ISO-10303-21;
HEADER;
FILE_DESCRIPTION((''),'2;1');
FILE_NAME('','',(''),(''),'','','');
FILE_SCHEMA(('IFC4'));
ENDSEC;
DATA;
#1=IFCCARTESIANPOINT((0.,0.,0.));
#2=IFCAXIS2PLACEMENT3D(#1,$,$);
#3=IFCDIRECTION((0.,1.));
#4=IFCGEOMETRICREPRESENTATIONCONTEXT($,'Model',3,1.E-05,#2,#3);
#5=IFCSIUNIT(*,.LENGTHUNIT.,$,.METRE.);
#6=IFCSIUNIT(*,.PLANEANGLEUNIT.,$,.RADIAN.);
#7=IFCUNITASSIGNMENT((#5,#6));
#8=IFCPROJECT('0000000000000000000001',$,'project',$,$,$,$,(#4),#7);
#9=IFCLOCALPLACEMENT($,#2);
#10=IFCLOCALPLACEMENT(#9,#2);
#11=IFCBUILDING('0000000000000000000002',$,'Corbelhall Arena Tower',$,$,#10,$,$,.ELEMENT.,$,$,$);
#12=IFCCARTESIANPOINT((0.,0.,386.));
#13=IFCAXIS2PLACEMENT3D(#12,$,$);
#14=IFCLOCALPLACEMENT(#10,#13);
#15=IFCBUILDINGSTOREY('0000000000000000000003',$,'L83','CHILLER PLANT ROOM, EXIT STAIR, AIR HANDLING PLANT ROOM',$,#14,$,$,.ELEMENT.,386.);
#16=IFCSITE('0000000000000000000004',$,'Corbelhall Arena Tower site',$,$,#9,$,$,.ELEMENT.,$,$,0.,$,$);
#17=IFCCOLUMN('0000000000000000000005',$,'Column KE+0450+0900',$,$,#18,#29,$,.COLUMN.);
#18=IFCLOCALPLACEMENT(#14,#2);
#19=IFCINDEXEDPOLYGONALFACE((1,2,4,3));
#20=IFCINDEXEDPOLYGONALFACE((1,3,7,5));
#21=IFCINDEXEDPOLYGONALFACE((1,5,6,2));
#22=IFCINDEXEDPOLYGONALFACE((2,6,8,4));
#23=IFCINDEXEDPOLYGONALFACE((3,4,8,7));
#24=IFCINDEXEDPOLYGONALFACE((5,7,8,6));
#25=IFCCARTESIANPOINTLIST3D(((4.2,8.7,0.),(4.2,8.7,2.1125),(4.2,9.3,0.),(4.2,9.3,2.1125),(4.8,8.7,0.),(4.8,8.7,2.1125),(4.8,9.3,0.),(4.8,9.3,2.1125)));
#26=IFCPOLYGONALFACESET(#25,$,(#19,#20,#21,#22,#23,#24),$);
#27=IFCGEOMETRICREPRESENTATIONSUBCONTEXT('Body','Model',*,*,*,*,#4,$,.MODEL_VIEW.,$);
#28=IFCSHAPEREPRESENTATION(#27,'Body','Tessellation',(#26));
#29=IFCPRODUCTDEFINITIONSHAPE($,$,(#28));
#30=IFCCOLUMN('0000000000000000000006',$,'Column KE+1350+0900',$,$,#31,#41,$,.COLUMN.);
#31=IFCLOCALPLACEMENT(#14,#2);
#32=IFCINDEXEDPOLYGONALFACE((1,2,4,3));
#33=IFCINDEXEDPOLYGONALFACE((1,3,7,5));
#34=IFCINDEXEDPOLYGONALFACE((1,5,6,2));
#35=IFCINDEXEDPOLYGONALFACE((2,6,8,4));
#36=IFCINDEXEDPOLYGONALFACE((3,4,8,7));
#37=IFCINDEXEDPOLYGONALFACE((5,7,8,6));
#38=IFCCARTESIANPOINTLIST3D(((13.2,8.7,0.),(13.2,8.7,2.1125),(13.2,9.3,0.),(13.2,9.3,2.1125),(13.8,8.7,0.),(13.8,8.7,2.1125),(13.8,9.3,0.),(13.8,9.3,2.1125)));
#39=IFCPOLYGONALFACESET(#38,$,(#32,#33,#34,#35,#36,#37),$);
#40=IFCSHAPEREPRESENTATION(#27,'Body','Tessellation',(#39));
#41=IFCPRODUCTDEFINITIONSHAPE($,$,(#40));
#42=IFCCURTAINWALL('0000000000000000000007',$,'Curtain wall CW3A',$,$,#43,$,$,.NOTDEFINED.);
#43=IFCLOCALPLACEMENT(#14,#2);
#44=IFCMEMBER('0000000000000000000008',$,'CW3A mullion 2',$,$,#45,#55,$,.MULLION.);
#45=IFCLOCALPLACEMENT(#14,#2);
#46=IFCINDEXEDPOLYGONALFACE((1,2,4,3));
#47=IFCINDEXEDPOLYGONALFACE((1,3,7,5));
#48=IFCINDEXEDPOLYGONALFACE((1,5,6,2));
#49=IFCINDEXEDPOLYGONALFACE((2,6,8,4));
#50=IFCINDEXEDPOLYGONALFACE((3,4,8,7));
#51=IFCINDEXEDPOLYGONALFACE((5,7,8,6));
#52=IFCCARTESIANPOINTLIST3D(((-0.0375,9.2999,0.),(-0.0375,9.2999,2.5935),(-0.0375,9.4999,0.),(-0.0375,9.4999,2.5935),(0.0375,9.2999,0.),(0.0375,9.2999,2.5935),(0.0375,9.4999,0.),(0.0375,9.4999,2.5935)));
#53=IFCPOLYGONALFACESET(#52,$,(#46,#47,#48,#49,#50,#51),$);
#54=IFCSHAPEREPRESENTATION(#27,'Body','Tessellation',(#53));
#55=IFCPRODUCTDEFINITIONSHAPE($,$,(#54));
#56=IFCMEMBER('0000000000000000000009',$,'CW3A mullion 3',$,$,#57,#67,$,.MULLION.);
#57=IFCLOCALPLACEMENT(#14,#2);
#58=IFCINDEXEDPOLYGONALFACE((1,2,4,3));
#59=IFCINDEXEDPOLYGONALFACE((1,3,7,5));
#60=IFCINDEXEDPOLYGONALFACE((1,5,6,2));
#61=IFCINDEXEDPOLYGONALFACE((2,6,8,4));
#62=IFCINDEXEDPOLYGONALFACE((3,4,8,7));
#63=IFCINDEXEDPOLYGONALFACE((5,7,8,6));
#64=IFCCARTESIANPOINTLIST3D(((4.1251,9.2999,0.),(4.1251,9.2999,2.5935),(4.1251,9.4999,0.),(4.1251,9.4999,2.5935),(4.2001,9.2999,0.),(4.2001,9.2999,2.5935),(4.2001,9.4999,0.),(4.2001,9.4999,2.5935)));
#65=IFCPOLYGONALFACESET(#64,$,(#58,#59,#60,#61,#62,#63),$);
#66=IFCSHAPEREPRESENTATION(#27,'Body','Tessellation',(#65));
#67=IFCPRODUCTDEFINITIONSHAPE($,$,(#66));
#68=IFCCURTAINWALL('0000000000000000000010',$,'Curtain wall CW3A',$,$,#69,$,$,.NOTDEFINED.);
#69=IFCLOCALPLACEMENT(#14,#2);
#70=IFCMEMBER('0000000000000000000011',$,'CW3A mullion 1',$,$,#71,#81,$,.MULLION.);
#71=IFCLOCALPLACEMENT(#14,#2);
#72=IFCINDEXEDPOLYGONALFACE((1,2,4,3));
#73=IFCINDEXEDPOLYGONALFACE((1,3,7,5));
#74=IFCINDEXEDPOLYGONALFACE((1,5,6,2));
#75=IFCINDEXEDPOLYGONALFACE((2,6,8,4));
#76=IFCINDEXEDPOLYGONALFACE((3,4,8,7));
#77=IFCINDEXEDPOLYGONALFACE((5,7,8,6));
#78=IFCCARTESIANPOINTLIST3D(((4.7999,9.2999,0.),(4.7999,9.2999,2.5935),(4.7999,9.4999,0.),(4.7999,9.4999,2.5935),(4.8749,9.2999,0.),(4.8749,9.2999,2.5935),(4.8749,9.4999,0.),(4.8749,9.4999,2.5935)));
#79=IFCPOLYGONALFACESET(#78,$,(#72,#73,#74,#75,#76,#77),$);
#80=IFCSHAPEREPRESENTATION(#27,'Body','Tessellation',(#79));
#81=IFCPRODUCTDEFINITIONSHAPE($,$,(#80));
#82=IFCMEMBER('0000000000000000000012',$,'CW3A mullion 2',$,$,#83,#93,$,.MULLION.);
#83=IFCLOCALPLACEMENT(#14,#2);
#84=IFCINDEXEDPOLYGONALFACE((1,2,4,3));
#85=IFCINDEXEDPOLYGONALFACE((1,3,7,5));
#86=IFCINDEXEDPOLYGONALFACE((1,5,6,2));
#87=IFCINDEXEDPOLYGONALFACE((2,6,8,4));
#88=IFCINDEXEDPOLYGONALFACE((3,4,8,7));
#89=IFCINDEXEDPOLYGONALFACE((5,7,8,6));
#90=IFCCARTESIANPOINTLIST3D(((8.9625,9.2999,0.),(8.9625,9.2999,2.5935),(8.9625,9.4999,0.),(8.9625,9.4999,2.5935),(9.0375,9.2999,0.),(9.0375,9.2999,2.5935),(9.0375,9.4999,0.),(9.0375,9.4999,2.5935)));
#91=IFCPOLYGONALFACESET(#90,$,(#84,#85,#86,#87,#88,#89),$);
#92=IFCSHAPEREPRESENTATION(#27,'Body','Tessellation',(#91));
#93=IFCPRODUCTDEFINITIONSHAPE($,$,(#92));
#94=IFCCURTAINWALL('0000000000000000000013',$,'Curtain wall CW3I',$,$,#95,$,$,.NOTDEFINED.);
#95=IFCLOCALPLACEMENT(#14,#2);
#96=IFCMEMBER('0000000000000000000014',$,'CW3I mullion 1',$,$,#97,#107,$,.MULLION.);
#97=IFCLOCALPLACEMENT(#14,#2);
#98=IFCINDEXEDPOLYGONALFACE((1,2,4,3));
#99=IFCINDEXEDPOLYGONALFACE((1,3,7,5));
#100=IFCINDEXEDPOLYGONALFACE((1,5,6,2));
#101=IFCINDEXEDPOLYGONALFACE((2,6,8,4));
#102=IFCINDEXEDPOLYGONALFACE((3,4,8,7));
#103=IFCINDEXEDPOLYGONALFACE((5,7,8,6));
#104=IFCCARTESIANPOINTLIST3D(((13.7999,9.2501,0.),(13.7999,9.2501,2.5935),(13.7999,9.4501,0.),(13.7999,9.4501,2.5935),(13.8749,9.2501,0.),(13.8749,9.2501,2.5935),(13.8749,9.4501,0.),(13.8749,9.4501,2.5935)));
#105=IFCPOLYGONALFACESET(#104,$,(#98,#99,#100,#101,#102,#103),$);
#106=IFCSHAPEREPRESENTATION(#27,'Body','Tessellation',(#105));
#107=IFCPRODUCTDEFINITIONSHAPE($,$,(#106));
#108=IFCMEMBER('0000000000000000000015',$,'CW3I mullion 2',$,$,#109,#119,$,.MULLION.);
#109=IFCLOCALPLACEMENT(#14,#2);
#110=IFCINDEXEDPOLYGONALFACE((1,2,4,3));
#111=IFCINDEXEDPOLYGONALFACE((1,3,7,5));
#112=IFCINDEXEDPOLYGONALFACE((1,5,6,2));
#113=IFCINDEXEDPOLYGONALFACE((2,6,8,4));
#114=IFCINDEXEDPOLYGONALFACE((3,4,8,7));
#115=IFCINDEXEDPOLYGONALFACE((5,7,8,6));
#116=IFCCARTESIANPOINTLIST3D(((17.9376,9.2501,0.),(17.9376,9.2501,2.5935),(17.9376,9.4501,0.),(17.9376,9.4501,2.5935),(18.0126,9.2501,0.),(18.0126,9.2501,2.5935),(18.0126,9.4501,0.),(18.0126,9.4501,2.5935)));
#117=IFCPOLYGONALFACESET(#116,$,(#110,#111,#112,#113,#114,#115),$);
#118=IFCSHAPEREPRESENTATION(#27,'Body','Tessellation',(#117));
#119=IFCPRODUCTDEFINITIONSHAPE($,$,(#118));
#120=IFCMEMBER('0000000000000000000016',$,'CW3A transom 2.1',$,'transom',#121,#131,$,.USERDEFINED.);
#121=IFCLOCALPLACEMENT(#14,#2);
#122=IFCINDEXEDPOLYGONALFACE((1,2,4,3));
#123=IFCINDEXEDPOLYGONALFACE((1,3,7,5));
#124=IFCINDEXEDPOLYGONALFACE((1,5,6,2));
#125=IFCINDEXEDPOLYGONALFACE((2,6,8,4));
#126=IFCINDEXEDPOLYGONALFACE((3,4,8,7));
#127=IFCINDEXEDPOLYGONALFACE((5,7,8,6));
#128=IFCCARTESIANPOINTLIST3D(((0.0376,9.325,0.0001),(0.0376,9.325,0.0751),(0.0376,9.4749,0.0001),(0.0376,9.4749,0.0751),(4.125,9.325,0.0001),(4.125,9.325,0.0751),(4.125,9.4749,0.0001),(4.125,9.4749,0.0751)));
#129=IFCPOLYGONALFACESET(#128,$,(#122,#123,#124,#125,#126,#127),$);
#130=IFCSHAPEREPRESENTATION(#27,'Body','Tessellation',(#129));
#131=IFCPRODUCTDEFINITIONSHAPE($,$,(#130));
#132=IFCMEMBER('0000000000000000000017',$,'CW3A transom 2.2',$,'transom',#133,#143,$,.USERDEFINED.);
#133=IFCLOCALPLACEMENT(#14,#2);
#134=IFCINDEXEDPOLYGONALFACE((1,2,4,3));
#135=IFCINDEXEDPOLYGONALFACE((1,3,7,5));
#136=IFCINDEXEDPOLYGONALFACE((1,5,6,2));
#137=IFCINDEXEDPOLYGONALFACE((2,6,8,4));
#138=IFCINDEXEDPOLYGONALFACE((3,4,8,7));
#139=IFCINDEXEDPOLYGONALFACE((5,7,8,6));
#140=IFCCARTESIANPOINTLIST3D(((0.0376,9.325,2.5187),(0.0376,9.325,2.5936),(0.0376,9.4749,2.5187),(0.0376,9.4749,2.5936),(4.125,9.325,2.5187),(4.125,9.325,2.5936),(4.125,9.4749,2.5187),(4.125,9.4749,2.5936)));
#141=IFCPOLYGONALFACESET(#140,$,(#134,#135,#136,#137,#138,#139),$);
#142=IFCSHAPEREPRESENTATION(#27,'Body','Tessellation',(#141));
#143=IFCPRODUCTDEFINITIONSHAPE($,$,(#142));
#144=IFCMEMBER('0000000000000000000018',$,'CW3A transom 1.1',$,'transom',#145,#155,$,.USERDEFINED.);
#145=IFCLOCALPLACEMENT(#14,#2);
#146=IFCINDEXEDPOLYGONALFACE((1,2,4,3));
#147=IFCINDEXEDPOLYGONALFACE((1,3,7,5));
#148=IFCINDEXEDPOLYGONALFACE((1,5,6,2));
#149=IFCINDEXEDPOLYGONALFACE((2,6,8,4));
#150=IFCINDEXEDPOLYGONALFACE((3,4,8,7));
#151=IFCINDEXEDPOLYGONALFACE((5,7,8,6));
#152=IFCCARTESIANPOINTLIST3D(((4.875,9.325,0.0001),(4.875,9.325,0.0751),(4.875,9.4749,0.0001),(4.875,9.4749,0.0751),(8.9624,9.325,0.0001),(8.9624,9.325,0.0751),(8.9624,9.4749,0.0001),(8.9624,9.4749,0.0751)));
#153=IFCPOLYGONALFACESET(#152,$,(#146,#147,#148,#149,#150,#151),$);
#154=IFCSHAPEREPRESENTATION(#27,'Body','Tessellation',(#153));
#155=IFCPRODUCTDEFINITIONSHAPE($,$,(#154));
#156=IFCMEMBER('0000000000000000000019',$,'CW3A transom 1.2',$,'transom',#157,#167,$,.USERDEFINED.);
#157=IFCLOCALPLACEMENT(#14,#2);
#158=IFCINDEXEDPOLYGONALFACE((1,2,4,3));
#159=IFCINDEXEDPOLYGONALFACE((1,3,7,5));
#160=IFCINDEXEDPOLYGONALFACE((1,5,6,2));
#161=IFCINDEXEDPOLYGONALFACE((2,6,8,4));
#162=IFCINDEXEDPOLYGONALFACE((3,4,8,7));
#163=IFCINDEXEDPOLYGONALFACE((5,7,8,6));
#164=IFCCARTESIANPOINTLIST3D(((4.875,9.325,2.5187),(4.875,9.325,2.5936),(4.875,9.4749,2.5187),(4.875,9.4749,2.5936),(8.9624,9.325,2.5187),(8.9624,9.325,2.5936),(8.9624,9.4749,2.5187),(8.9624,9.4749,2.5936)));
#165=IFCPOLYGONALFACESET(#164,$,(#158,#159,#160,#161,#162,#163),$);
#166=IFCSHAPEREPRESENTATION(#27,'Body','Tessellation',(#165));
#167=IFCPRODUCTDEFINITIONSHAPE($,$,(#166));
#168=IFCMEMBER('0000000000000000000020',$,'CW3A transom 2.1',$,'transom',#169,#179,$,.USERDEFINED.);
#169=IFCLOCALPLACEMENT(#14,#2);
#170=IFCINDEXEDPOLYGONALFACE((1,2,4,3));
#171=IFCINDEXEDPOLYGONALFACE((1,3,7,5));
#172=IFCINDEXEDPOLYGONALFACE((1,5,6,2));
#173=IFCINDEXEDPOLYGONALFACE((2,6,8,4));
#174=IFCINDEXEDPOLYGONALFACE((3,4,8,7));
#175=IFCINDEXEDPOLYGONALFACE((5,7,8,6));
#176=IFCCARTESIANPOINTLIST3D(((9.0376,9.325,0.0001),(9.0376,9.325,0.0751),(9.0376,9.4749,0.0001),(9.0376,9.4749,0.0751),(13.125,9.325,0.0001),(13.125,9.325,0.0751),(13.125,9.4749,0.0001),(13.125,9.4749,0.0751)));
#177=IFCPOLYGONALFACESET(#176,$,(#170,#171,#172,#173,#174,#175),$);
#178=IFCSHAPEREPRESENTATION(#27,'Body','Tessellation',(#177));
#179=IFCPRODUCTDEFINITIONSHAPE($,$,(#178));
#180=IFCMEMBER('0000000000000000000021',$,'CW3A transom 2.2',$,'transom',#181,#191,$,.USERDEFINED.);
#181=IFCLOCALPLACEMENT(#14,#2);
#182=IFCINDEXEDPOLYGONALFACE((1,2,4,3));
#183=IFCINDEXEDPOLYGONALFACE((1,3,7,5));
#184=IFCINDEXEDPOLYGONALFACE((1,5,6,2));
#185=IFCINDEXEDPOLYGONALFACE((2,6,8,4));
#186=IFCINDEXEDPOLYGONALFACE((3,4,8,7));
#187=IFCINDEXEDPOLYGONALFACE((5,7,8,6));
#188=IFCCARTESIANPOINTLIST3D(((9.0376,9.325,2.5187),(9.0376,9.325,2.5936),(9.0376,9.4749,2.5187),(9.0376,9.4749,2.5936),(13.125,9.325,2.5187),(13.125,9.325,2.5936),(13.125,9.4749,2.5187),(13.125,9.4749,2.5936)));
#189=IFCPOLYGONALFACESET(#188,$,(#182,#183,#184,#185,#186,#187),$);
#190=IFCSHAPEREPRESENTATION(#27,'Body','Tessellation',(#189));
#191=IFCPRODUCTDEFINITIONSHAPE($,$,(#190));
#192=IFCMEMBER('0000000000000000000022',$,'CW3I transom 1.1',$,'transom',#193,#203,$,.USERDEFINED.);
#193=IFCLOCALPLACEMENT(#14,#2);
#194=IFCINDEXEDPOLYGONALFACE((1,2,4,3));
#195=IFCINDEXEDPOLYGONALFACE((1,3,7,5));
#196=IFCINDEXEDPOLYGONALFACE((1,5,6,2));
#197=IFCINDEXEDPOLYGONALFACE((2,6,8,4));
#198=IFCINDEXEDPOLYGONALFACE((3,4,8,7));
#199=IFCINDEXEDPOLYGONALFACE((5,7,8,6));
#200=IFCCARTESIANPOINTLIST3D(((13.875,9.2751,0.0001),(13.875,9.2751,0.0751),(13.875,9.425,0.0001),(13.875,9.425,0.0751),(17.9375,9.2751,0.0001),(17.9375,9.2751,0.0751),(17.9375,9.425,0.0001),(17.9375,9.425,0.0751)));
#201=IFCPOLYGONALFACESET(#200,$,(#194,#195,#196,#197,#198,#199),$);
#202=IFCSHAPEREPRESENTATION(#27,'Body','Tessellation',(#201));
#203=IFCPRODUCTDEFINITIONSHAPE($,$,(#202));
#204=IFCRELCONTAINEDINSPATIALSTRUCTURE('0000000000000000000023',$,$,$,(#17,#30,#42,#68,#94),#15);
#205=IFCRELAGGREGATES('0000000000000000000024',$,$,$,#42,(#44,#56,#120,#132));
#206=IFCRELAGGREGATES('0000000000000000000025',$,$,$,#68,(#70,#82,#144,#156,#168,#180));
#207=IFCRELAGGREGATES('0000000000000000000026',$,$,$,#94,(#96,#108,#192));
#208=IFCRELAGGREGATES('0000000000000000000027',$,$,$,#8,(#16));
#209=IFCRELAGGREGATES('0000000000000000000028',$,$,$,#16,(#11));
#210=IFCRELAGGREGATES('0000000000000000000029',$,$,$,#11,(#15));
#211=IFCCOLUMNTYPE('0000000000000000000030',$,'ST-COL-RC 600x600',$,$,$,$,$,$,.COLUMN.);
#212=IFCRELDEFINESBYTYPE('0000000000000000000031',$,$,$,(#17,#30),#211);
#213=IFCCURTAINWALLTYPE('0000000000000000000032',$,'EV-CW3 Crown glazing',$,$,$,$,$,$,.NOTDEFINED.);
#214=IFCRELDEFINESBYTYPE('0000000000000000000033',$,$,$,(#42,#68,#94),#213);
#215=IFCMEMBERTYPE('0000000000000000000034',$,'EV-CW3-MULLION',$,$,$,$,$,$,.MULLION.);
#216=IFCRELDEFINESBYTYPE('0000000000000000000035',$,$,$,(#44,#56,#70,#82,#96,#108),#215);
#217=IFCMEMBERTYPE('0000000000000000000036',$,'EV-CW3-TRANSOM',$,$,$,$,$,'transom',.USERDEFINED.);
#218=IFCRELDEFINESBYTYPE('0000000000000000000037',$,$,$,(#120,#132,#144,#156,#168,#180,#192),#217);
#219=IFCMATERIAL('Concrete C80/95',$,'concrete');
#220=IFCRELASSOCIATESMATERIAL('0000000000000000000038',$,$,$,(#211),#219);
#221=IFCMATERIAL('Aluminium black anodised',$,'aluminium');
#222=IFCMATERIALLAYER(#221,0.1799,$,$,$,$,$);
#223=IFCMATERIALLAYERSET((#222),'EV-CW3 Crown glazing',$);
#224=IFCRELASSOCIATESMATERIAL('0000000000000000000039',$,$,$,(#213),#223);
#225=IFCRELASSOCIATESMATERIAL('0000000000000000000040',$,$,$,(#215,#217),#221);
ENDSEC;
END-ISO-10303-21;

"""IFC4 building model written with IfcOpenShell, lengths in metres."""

from ifc_helpers import new_model, si_unit, direction, frame, origin, origin_2d, place, context, subcontext, project, spatial, rectangle, extrude, material, layer, layer_set, material_profile, profile_set, type_object, element, aggregate, save


model = new_model("IFC4")

# Units and contexts
model_context = context("Model", 3, precision=1e-05, world=origin(), true_north=direction((0.0, 1.0)))
body_context = subcontext(model_context, "Body", "Model", "MODEL_VIEW")
ifc_project = project(units=[si_unit("LENGTHUNIT", "METRE"), si_unit("PLANEANGLEUNIT", "RADIAN")], contexts=[model_context])

# Site, building, storey
site_placement = place(None, origin())
site = spatial("IfcSite", under=ifc_project, at=site_placement, Name="Corbelhall Arena Tower site", CompositionType="ELEMENT", RefElevation=0.0)
building_placement = place(site_placement, origin())
building = spatial("IfcBuilding", under=site, at=building_placement, Name="Corbelhall Arena Tower", CompositionType="ELEMENT")
storey_placement = place(building_placement, frame((0.0, 0.0, 386.0)))
storey = spatial("IfcBuildingStorey", under=building, at=storey_placement, Name="L83", Description="CHILLER PLANT ROOM, EXIT STAIR, AIR HANDLING PLANT ROOM", CompositionType="ELEMENT", Elevation=386.0)

# Columns
ifc_material_1 = material(Name="Concrete C80/95", Category="concrete")
ifc_material_profile_1 = material_profile(ifc_material_1, rectangle(XDim=0.6001, YDim=0.6001, at=origin_2d()))
ifc_profile_set_1 = profile_set([ifc_material_profile_1], Name="Concrete C80/95")
column_type = type_object("IfcColumnType", Name="ST-COL-RC 600x600", PredefinedType="COLUMN", material=ifc_profile_set_1)
for number, where, z_axis, x_axis, name in (
    (1, (4.5, 9.0, 0.0), (0.0, 0.0, 1.0), (1.0, 0.0, 0.0), "Column KE+0450+0900"),
    (2, (13.5, 9.0, 0.0), (0.0, 0.0, 1.0), (1.0, 0.0, 0.0), "Column KE+1350+0900"),
):
    element("IfcColumn", number, at=place(storey_placement, frame(where, z_axis=z_axis, x_axis=x_axis)), inside=storey, type_object=column_type, Name=name, PredefinedType="COLUMN", context=body_context, shape_type="SweptSolid", body=[
        extrude(rectangle(XDim=0.6001, YDim=0.6001, at=origin_2d()), origin(), (0.0, 0.0, 1.0), 2.1125),
    ])

# Curtain walls, members
ifc_material_2 = material(Name="Aluminium black anodised", Category="aluminium")
ifc_layer_1 = layer(ifc_material_2, 0.1799)
ifc_layer_set_1 = layer_set([ifc_layer_1], Name="EV-CW3 Crown glazing")
curtain_wall_type = type_object("IfcCurtainWallType", Name="EV-CW3 Crown glazing", PredefinedType="NOTDEFINED", material=ifc_layer_set_1)
curtain_wall_1_placement = place(storey_placement, origin())
curtain_wall_1 = element("IfcCurtainWall", 3, at=curtain_wall_1_placement, inside=storey, type_object=curtain_wall_type, Name="Curtain wall CW3A", PredefinedType="NOTDEFINED")
ifc_material_profile_2 = material_profile(ifc_material_2, rectangle(XDim=0.2, YDim=0.075, at=origin_2d()))
ifc_profile_set_2 = profile_set([ifc_material_profile_2], Name="Aluminium black anodised")
member_type_1 = type_object("IfcMemberType", Name="EV-CW3-MULLION", PredefinedType="MULLION", material=ifc_profile_set_2)
member_1_placement = place(storey_placement, frame((0.0, 9.3999, 0.0), z_axis=(0.0, 0.0, 1.0), x_axis=(0.0, 1.0, 0.0)))
member_1 = element("IfcMember", 4, at=member_1_placement, type_object=member_type_1, Name="CW3A mullion 2", PredefinedType="MULLION", context=body_context, shape_type="SweptSolid", body=[
    extrude(rectangle(XDim=0.2, YDim=0.075, at=origin_2d()), origin(), (0.0, 0.0, 1.0), 2.5935),
])
member_2_placement = place(storey_placement, frame((4.1626, 9.3999, 0.0), z_axis=(0.0, 0.0, 1.0), x_axis=(0.0, 1.0, 0.0)))
member_2 = element("IfcMember", 5, at=member_2_placement, type_object=member_type_1, Name="CW3A mullion 3", PredefinedType="MULLION", context=body_context, shape_type="SweptSolid", body=[
    extrude(rectangle(XDim=0.2, YDim=0.075, at=origin_2d()), origin(), (0.0, 0.0, 1.0), 2.5935),
])
curtain_wall_2_placement = place(storey_placement, origin())
curtain_wall_2 = element("IfcCurtainWall", 6, at=curtain_wall_2_placement, inside=storey, type_object=curtain_wall_type, Name="Curtain wall CW3A", PredefinedType="NOTDEFINED")
member_3_placement = place(storey_placement, frame((4.8374, 9.3999, 0.0), z_axis=(0.0, 0.0, 1.0), x_axis=(0.0, 1.0, 0.0)))
member_3 = element("IfcMember", 7, at=member_3_placement, type_object=member_type_1, Name="CW3A mullion 1", PredefinedType="MULLION", context=body_context, shape_type="SweptSolid", body=[
    extrude(rectangle(XDim=0.2, YDim=0.075, at=origin_2d()), origin(), (0.0, 0.0, 1.0), 2.5935),
])
member_4_placement = place(storey_placement, frame((9.0, 9.3999, 0.0), z_axis=(0.0, 0.0, 1.0), x_axis=(0.0, 1.0, 0.0)))
member_4 = element("IfcMember", 8, at=member_4_placement, type_object=member_type_1, Name="CW3A mullion 2", PredefinedType="MULLION", context=body_context, shape_type="SweptSolid", body=[
    extrude(rectangle(XDim=0.2, YDim=0.075, at=origin_2d()), origin(), (0.0, 0.0, 1.0), 2.5935),
])
curtain_wall_3_placement = place(storey_placement, origin())
curtain_wall_3 = element("IfcCurtainWall", 9, at=curtain_wall_3_placement, inside=storey, type_object=curtain_wall_type, Name="Curtain wall CW3I", PredefinedType="NOTDEFINED")
member_5_placement = place(storey_placement, frame((13.8374, 9.3501, 0.0), z_axis=(0.0, 0.0, 1.0), x_axis=(0.0, 1.0, 0.0)))
member_5 = element("IfcMember", 10, at=member_5_placement, type_object=member_type_1, Name="CW3I mullion 1", PredefinedType="MULLION", context=body_context, shape_type="SweptSolid", body=[
    extrude(rectangle(XDim=0.2, YDim=0.075, at=origin_2d()), origin(), (0.0, 0.0, 1.0), 2.5935),
])
member_6_placement = place(storey_placement, frame((17.9751, 9.3501, 0.0), z_axis=(0.0, 0.0, 1.0), x_axis=(0.0, 1.0, 0.0)))
member_6 = element("IfcMember", 11, at=member_6_placement, type_object=member_type_1, Name="CW3I mullion 2", PredefinedType="MULLION", context=body_context, shape_type="SweptSolid", body=[
    extrude(rectangle(XDim=0.2, YDim=0.075, at=origin_2d()), origin(), (0.0, 0.0, 1.0), 2.5935),
])

# Members
ifc_material_profile_3 = material_profile(ifc_material_2, rectangle(XDim=0.1499, YDim=0.075, at=origin_2d()))
ifc_profile_set_3 = profile_set([ifc_material_profile_3], Name="Aluminium black anodised")
member_type_2 = type_object("IfcMemberType", Name="EV-CW3-TRANSOM", ElementType="transom", PredefinedType="USERDEFINED", material=ifc_profile_set_3)
member_7_placement = place(storey_placement, frame((0.0376, 9.3999, 0.0376), z_axis=(1.0, 0.0, 0.0), x_axis=(0.0, 1.0, 0.0)))
member_7 = element("IfcMember", 12, at=member_7_placement, type_object=member_type_2, Name="CW3A transom 2.1", ObjectType="transom", PredefinedType="USERDEFINED", context=body_context, shape_type="SweptSolid", body=[
    extrude(rectangle(XDim=0.1499, YDim=0.075, at=origin_2d()), origin(), (0.0, 0.0, 1.0), 4.0874),
])
member_8_placement = place(storey_placement, frame((0.0376, 9.3999, 2.5562), z_axis=(1.0, 0.0, 0.0), x_axis=(0.0, 1.0, 0.0)))
member_8 = element("IfcMember", 13, at=member_8_placement, type_object=member_type_2, Name="CW3A transom 2.2", ObjectType="transom", PredefinedType="USERDEFINED", context=body_context, shape_type="SweptSolid", body=[
    extrude(rectangle(XDim=0.1499, YDim=0.075, at=origin_2d()), origin(), (0.0, 0.0, 1.0), 4.0874),
])
member_9_placement = place(storey_placement, frame((4.875, 9.3999, 0.0376), z_axis=(1.0, 0.0, 0.0), x_axis=(0.0, 1.0, 0.0)))
member_9 = element("IfcMember", 14, at=member_9_placement, type_object=member_type_2, Name="CW3A transom 1.1", ObjectType="transom", PredefinedType="USERDEFINED", context=body_context, shape_type="SweptSolid", body=[
    extrude(rectangle(XDim=0.1499, YDim=0.075, at=origin_2d()), origin(), (0.0, 0.0, 1.0), 4.0874),
])
member_10_placement = place(storey_placement, frame((4.875, 9.3999, 2.5562), z_axis=(1.0, 0.0, 0.0), x_axis=(0.0, 1.0, 0.0)))
member_10 = element("IfcMember", 15, at=member_10_placement, type_object=member_type_2, Name="CW3A transom 1.2", ObjectType="transom", PredefinedType="USERDEFINED", context=body_context, shape_type="SweptSolid", body=[
    extrude(rectangle(XDim=0.1499, YDim=0.075, at=origin_2d()), origin(), (0.0, 0.0, 1.0), 4.0874),
])
member_11_placement = place(storey_placement, frame((9.0376, 9.3999, 0.0376), z_axis=(1.0, 0.0, 0.0), x_axis=(0.0, 1.0, 0.0)))
member_11 = element("IfcMember", 16, at=member_11_placement, type_object=member_type_2, Name="CW3A transom 2.1", ObjectType="transom", PredefinedType="USERDEFINED", context=body_context, shape_type="SweptSolid", body=[
    extrude(rectangle(XDim=0.1499, YDim=0.075, at=origin_2d()), origin(), (0.0, 0.0, 1.0), 4.0874),
])
member_12_placement = place(storey_placement, frame((9.0376, 9.3999, 2.5562), z_axis=(1.0, 0.0, 0.0), x_axis=(0.0, 1.0, 0.0)))
member_12 = element("IfcMember", 17, at=member_12_placement, type_object=member_type_2, Name="CW3A transom 2.2", ObjectType="transom", PredefinedType="USERDEFINED", context=body_context, shape_type="SweptSolid", body=[
    extrude(rectangle(XDim=0.1499, YDim=0.075, at=origin_2d()), origin(), (0.0, 0.0, 1.0), 4.0874),
])
member_13_placement = place(storey_placement, frame((13.875, 9.3501, 0.0376), z_axis=(1.0, 0.0, 0.0), x_axis=(0.0, 1.0, 0.0)))
member_13 = element("IfcMember", 18, at=member_13_placement, type_object=member_type_2, Name="CW3I transom 1.1", ObjectType="transom", PredefinedType="USERDEFINED", context=body_context, shape_type="SweptSolid", body=[
    extrude(rectangle(XDim=0.1499, YDim=0.075, at=origin_2d()), origin(), (0.0, 0.0, 1.0), 4.0625),
])

aggregate(curtain_wall_1, [member_1, member_2, member_7, member_8])
aggregate(curtain_wall_2, [member_3, member_4, member_9, member_10, member_11, member_12])
aggregate(curtain_wall_3, [member_5, member_6, member_13])

save(model, "model.ifc")
